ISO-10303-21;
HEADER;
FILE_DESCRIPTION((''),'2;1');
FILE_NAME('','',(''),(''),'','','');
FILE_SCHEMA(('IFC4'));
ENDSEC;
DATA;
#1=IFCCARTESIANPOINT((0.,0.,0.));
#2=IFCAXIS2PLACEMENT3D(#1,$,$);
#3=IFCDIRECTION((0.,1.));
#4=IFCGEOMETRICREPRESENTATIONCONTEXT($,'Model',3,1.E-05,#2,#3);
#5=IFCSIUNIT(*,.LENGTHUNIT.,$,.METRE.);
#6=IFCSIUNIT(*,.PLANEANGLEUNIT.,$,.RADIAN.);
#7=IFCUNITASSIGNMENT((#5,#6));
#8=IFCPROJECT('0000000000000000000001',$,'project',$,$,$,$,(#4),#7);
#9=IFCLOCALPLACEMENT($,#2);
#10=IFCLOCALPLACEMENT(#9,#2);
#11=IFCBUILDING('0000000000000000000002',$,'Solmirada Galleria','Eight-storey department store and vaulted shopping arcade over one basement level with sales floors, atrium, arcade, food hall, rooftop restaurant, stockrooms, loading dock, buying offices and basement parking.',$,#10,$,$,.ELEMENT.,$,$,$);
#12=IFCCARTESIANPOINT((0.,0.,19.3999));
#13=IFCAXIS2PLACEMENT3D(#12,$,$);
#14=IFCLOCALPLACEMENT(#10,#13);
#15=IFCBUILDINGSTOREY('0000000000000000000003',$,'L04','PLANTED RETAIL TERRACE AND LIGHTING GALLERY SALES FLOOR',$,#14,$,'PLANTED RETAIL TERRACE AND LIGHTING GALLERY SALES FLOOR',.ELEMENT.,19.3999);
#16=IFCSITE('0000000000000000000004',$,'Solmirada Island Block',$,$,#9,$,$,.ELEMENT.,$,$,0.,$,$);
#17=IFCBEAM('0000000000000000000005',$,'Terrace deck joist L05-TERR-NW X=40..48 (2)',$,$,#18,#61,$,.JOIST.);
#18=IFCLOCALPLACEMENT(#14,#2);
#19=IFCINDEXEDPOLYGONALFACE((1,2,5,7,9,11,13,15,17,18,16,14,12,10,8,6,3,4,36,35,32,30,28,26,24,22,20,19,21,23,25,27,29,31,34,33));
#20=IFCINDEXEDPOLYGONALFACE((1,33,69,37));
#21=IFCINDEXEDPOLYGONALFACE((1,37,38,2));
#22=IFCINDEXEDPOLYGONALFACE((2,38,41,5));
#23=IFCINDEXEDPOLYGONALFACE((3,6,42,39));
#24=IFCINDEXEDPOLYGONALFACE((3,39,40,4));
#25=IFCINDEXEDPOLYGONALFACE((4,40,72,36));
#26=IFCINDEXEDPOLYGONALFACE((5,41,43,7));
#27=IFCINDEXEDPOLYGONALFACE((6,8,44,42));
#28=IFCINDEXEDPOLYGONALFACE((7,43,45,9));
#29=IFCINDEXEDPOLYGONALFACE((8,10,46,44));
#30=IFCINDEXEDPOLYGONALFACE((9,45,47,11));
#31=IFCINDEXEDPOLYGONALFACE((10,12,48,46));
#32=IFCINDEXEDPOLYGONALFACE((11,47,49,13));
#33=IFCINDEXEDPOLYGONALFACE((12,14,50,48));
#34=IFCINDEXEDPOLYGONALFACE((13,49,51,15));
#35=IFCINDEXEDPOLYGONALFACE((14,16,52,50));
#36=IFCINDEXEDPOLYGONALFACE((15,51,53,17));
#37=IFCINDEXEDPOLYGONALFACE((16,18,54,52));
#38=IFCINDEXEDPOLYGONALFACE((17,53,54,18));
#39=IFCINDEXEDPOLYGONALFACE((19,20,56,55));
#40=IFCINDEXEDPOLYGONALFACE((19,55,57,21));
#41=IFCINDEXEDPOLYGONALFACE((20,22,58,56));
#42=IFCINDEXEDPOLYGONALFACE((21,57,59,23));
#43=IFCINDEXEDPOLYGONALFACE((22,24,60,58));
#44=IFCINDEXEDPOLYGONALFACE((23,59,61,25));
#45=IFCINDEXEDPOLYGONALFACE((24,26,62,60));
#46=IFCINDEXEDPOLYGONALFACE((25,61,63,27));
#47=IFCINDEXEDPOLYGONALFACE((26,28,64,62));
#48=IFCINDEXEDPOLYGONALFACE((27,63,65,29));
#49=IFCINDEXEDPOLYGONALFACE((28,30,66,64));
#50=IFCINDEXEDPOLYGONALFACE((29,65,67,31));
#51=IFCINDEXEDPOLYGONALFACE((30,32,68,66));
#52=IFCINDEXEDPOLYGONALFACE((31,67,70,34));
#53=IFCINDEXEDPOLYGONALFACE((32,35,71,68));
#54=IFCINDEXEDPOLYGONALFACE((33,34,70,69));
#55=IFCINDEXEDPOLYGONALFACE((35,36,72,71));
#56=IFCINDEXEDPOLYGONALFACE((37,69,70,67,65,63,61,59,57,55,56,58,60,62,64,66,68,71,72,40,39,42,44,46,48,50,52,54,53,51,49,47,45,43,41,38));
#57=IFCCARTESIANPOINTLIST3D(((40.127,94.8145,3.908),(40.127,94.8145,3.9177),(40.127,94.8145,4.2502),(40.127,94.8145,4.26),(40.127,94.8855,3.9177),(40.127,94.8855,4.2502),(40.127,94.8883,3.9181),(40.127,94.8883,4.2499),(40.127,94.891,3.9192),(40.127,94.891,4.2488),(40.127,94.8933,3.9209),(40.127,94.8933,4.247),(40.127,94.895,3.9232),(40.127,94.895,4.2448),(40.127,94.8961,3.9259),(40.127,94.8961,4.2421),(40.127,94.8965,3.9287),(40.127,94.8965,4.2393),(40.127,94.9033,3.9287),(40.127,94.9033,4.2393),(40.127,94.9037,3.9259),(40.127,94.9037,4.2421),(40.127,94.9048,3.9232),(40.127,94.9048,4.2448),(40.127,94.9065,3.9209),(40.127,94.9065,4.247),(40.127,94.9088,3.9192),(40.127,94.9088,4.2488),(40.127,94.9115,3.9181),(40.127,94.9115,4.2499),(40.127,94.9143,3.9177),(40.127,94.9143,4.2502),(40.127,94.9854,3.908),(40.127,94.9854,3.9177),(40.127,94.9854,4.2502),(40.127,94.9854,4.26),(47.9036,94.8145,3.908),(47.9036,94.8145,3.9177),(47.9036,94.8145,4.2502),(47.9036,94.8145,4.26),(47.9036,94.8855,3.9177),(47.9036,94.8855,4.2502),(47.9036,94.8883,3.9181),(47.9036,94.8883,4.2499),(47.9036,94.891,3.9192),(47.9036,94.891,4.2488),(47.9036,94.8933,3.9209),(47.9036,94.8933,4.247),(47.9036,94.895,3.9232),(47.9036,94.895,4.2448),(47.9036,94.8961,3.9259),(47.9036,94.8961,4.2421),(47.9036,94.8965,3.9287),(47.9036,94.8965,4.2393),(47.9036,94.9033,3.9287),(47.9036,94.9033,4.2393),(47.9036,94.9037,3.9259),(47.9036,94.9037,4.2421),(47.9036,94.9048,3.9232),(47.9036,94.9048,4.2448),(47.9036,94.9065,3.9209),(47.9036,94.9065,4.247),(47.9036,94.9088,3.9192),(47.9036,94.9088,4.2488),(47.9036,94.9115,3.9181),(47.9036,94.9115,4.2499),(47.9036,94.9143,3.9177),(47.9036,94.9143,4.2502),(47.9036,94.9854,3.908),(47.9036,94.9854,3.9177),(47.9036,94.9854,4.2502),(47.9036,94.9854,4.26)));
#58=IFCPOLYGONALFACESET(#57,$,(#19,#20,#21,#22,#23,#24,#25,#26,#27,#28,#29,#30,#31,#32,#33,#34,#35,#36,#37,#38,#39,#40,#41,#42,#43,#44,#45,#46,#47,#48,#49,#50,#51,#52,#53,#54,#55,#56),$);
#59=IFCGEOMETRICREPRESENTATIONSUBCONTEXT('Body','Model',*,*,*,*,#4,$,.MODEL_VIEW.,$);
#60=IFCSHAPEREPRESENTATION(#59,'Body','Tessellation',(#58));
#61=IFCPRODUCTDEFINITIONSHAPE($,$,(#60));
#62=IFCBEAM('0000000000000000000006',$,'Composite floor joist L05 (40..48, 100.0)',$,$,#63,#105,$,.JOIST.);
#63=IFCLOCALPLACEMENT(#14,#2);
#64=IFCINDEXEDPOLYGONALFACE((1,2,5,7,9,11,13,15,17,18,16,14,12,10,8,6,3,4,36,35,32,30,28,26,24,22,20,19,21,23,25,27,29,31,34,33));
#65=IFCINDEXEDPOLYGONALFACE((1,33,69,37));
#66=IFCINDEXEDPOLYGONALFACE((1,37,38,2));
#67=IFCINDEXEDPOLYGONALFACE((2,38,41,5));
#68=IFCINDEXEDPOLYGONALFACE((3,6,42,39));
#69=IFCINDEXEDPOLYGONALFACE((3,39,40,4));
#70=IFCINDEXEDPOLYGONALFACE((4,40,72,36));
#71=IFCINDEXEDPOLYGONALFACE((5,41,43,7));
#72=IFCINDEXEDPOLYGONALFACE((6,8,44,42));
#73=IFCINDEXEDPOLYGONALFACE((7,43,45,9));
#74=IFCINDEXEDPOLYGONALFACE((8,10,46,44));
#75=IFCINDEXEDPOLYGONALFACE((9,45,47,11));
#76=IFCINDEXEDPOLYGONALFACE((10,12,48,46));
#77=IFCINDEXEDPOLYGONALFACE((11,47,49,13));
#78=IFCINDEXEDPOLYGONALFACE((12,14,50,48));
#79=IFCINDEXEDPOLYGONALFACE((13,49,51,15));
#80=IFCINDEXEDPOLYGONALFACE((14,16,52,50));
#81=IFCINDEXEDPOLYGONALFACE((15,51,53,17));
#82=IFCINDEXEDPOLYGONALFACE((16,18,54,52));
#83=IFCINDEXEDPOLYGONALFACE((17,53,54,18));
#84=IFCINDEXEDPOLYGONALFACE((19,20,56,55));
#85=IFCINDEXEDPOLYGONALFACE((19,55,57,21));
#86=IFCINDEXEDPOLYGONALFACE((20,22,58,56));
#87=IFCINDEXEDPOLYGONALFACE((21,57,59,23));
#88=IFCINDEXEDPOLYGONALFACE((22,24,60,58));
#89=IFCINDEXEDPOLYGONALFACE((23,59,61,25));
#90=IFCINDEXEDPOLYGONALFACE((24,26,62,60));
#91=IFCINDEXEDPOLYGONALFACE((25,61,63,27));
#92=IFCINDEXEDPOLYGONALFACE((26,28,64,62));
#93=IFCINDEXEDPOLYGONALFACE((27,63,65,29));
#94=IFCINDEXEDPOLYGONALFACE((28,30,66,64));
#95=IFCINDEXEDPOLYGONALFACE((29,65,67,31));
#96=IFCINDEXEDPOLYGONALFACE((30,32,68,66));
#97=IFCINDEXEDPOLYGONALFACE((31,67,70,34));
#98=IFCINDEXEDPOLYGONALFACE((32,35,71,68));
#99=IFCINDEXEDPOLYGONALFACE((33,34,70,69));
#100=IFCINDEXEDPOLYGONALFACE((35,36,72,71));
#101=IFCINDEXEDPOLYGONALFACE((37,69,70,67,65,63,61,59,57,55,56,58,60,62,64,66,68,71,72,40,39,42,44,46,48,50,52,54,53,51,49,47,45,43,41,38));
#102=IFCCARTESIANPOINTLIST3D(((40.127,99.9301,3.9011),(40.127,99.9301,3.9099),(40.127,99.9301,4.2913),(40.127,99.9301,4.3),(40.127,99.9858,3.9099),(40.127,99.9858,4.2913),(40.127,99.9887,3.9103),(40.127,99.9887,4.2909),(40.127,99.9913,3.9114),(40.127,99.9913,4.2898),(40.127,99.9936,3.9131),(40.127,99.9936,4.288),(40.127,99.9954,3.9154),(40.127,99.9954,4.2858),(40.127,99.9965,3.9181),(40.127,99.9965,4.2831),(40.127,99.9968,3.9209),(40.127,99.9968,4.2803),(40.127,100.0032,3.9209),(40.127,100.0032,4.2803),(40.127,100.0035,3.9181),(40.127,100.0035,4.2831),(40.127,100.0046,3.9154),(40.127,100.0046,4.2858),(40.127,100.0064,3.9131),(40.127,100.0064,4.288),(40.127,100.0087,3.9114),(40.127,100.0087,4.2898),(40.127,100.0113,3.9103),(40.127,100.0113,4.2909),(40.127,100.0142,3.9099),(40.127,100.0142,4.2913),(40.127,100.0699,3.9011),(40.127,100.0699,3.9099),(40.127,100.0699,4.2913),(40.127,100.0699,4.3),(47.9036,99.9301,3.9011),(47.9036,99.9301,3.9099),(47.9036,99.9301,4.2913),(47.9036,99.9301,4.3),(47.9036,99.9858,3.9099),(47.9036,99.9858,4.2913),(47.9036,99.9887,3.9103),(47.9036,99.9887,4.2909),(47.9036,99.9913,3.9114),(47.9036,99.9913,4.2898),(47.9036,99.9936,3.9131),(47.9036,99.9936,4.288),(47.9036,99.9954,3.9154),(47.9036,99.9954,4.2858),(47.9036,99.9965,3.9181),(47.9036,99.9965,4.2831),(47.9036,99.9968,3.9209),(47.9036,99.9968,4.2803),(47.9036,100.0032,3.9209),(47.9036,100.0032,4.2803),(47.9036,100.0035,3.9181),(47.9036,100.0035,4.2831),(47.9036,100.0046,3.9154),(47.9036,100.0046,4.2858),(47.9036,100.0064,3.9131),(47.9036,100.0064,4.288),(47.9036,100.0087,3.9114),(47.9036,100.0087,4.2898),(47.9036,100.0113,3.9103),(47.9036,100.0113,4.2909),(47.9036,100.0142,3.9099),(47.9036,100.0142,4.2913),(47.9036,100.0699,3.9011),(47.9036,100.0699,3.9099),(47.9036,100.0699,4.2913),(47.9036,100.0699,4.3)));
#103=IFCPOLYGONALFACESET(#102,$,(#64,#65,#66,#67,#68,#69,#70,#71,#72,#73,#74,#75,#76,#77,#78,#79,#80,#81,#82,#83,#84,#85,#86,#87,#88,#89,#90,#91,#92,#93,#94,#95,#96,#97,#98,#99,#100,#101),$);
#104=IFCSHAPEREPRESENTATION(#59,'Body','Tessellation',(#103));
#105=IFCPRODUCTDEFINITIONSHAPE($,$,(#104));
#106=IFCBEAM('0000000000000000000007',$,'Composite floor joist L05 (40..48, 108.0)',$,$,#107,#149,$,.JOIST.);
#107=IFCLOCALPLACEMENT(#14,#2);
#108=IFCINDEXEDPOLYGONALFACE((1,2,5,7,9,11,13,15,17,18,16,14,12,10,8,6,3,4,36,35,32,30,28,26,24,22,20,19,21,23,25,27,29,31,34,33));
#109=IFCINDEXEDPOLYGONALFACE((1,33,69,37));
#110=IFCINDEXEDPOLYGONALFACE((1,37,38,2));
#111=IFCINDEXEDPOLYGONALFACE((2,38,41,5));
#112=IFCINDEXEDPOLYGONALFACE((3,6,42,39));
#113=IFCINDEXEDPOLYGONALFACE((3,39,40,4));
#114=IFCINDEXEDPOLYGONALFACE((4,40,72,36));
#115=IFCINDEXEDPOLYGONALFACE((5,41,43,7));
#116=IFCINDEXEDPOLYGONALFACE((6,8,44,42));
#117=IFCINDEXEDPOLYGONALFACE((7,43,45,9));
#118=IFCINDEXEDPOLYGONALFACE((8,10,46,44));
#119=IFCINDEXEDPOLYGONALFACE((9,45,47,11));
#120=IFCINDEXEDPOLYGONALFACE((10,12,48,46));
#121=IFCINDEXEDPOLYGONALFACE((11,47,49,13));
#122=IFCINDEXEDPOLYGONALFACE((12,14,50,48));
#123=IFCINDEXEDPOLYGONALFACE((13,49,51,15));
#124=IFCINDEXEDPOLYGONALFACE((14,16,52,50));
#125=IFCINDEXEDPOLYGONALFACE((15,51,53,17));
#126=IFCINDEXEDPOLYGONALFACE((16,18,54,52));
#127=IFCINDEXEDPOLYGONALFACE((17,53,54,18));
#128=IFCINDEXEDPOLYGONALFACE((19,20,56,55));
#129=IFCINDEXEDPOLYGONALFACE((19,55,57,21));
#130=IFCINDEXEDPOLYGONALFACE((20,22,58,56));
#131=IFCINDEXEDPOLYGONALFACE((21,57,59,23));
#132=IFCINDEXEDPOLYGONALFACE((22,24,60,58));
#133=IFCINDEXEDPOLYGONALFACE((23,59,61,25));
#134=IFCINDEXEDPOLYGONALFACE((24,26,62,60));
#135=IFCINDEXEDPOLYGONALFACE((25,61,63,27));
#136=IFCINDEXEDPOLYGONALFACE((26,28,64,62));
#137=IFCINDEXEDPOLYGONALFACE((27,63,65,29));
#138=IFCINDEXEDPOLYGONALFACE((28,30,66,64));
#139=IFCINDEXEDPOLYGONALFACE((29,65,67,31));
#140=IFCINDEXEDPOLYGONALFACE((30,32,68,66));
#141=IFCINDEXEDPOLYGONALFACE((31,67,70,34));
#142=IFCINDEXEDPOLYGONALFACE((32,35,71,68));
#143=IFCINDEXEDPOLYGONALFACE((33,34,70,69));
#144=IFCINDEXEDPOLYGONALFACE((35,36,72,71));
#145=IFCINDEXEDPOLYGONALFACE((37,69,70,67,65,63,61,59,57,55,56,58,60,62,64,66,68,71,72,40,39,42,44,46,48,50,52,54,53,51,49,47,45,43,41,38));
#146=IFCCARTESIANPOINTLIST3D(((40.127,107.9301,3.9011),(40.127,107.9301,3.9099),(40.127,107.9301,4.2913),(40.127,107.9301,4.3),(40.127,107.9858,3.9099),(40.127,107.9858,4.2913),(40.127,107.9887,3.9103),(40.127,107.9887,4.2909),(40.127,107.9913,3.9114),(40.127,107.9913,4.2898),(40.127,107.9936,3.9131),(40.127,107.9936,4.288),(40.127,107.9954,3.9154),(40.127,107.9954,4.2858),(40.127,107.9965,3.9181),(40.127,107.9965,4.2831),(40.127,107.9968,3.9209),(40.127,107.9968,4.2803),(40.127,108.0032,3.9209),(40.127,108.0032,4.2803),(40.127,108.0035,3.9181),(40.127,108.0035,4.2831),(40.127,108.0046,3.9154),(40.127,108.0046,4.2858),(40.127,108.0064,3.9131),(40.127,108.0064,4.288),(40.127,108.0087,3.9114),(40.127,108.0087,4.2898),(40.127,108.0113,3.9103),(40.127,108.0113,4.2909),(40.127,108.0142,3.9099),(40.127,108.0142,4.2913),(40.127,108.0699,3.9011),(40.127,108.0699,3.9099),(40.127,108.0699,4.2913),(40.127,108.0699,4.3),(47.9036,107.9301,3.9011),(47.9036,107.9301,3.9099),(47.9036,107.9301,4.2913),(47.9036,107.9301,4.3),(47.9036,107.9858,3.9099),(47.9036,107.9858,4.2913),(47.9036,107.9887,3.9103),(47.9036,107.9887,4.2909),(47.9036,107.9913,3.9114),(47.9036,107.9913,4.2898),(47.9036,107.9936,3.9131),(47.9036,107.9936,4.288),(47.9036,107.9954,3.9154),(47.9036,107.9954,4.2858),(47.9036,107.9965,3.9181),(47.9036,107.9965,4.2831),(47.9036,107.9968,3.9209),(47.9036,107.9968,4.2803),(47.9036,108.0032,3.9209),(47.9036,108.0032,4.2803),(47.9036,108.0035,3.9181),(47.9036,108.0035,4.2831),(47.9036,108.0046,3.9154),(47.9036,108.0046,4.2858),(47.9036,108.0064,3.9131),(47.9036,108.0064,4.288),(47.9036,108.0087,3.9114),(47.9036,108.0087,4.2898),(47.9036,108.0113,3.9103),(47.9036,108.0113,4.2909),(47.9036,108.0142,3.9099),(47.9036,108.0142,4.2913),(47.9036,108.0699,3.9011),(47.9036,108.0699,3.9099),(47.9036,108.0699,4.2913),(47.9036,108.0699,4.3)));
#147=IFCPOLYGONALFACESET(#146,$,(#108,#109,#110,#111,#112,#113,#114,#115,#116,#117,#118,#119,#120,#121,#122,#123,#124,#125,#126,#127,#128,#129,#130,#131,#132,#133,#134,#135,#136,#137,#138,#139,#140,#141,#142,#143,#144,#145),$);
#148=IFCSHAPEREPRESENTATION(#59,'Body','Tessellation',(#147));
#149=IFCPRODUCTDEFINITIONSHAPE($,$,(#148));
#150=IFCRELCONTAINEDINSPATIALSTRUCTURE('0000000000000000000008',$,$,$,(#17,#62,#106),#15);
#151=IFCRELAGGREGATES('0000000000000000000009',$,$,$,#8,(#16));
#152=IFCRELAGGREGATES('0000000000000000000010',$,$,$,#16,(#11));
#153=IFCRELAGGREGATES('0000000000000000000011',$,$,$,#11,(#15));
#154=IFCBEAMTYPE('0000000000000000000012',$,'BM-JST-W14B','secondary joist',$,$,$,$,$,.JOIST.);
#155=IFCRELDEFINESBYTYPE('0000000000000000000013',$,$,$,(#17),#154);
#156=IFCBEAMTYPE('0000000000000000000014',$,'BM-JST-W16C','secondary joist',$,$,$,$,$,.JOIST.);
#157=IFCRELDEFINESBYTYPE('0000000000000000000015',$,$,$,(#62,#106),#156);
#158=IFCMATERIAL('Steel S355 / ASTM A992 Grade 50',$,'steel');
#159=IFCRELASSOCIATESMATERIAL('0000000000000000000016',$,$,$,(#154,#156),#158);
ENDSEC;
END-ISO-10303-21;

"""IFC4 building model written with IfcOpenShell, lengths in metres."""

from ifc_helpers import new_model, si_unit, direction, frame, origin, origin_2d, place, context, subcontext, project, spatial, i_section, extrude, material, material_profile, profile_set, type_object, element, save


model = new_model("IFC4")

# Units and contexts
model_context = context("Model", 3, precision=1e-05, world=origin(), true_north=direction((0.0, 1.0)))
body_context = subcontext(model_context, "Body", "Model", "MODEL_VIEW")
ifc_project = project(units=[si_unit("LENGTHUNIT", "METRE"), si_unit("PLANEANGLEUNIT", "RADIAN")], contexts=[model_context])

# Site, building, storey
site_placement = place(None, origin())
site = spatial("IfcSite", under=ifc_project, at=site_placement, Name="Solmirada Island Block", CompositionType="ELEMENT", RefElevation=0.0)
building_placement = place(site_placement, origin())
building = spatial("IfcBuilding", under=site, at=building_placement, Name="Solmirada Galleria", Description="Eight-storey department store and vaulted shopping arcade over one basement level with sales floors, atrium, arcade, food hall, rooftop restaurant, stockrooms, loading dock, buying offices and basement parking.", CompositionType="ELEMENT")
storey_placement = place(building_placement, frame((0.0, 0.0, 19.3999)))
storey = spatial("IfcBuildingStorey", under=building, at=storey_placement, Name="L04", Description="PLANTED RETAIL TERRACE AND LIGHTING GALLERY SALES FLOOR", LongName="PLANTED RETAIL TERRACE AND LIGHTING GALLERY SALES FLOOR", CompositionType="ELEMENT", Elevation=19.3999)

# Beams
ifc_material_1 = material(Name="Steel S355 / ASTM A992 Grade 50", Category="steel")
ifc_material_profile_1 = material_profile(ifc_material_1, i_section(OverallWidth=0.1709, OverallDepth=0.3521, WebThickness=0.0068, FlangeThickness=0.0098, FilletRadius=0.011, at=origin_2d()), Name="W14X30")
ifc_profile_set_1 = profile_set([ifc_material_profile_1], Name="Steel S355 / ASTM A992 Grade 50")
beam_type_1 = type_object("IfcBeamType", Name="BM-JST-W14B", Description="secondary joist", PredefinedType="JOIST", material=ifc_profile_set_1)
beam_1_placement = place(storey_placement, frame((40.127, 94.8999, 4.084), z_axis=(1.0, 0.0, 0.0), x_axis=(0.0, 1.0, 0.0)))
element("IfcBeam", 1, at=beam_1_placement, inside=storey, type_object=beam_type_1, Name="Terrace deck joist L05-TERR-NW X=40..48 (2)", PredefinedType="JOIST", context=body_context, shape_type="SweptSolid", body=[
    extrude(i_section(OverallWidth=0.1709, OverallDepth=0.3521, WebThickness=0.0068, FlangeThickness=0.0098, FilletRadius=0.011, at=origin_2d()), origin(), (0.0, 0.0, 1.0), 7.7766),
])
ifc_material_profile_2 = material_profile(ifc_material_1, i_section(OverallWidth=0.1399, OverallDepth=0.3989, WebThickness=0.0063, FlangeThickness=0.0088, FilletRadius=0.011, at=origin_2d()), Name="W16X26")
ifc_profile_set_2 = profile_set([ifc_material_profile_2], Name="Steel S355 / ASTM A992 Grade 50")
beam_type_2 = type_object("IfcBeamType", Name="BM-JST-W16C", Description="secondary joist", PredefinedType="JOIST", material=ifc_profile_set_2)
for number, where, z_axis, x_axis, name in (
    (2, (40.127, 100.0, 4.1006), (1.0, 0.0, 0.0), (0.0, 1.0, 0.0), "Composite floor joist L05 (40..48, 100.0)"),
    (3, (40.127, 108.0, 4.1006), (1.0, 0.0, 0.0), (0.0, 1.0, 0.0), "Composite floor joist L05 (40..48, 108.0)"),
):
    element("IfcBeam", number, at=place(storey_placement, frame(where, z_axis=z_axis, x_axis=x_axis)), inside=storey, type_object=beam_type_2, Name=name, PredefinedType="JOIST", context=body_context, shape_type="SweptSolid", body=[
        extrude(i_section(OverallWidth=0.1399, OverallDepth=0.3989, WebThickness=0.0063, FlangeThickness=0.0088, FilletRadius=0.011, at=origin_2d()), origin(), (0.0, 0.0, 1.0), 7.7766),
    ])

save(model, "model.ifc")
